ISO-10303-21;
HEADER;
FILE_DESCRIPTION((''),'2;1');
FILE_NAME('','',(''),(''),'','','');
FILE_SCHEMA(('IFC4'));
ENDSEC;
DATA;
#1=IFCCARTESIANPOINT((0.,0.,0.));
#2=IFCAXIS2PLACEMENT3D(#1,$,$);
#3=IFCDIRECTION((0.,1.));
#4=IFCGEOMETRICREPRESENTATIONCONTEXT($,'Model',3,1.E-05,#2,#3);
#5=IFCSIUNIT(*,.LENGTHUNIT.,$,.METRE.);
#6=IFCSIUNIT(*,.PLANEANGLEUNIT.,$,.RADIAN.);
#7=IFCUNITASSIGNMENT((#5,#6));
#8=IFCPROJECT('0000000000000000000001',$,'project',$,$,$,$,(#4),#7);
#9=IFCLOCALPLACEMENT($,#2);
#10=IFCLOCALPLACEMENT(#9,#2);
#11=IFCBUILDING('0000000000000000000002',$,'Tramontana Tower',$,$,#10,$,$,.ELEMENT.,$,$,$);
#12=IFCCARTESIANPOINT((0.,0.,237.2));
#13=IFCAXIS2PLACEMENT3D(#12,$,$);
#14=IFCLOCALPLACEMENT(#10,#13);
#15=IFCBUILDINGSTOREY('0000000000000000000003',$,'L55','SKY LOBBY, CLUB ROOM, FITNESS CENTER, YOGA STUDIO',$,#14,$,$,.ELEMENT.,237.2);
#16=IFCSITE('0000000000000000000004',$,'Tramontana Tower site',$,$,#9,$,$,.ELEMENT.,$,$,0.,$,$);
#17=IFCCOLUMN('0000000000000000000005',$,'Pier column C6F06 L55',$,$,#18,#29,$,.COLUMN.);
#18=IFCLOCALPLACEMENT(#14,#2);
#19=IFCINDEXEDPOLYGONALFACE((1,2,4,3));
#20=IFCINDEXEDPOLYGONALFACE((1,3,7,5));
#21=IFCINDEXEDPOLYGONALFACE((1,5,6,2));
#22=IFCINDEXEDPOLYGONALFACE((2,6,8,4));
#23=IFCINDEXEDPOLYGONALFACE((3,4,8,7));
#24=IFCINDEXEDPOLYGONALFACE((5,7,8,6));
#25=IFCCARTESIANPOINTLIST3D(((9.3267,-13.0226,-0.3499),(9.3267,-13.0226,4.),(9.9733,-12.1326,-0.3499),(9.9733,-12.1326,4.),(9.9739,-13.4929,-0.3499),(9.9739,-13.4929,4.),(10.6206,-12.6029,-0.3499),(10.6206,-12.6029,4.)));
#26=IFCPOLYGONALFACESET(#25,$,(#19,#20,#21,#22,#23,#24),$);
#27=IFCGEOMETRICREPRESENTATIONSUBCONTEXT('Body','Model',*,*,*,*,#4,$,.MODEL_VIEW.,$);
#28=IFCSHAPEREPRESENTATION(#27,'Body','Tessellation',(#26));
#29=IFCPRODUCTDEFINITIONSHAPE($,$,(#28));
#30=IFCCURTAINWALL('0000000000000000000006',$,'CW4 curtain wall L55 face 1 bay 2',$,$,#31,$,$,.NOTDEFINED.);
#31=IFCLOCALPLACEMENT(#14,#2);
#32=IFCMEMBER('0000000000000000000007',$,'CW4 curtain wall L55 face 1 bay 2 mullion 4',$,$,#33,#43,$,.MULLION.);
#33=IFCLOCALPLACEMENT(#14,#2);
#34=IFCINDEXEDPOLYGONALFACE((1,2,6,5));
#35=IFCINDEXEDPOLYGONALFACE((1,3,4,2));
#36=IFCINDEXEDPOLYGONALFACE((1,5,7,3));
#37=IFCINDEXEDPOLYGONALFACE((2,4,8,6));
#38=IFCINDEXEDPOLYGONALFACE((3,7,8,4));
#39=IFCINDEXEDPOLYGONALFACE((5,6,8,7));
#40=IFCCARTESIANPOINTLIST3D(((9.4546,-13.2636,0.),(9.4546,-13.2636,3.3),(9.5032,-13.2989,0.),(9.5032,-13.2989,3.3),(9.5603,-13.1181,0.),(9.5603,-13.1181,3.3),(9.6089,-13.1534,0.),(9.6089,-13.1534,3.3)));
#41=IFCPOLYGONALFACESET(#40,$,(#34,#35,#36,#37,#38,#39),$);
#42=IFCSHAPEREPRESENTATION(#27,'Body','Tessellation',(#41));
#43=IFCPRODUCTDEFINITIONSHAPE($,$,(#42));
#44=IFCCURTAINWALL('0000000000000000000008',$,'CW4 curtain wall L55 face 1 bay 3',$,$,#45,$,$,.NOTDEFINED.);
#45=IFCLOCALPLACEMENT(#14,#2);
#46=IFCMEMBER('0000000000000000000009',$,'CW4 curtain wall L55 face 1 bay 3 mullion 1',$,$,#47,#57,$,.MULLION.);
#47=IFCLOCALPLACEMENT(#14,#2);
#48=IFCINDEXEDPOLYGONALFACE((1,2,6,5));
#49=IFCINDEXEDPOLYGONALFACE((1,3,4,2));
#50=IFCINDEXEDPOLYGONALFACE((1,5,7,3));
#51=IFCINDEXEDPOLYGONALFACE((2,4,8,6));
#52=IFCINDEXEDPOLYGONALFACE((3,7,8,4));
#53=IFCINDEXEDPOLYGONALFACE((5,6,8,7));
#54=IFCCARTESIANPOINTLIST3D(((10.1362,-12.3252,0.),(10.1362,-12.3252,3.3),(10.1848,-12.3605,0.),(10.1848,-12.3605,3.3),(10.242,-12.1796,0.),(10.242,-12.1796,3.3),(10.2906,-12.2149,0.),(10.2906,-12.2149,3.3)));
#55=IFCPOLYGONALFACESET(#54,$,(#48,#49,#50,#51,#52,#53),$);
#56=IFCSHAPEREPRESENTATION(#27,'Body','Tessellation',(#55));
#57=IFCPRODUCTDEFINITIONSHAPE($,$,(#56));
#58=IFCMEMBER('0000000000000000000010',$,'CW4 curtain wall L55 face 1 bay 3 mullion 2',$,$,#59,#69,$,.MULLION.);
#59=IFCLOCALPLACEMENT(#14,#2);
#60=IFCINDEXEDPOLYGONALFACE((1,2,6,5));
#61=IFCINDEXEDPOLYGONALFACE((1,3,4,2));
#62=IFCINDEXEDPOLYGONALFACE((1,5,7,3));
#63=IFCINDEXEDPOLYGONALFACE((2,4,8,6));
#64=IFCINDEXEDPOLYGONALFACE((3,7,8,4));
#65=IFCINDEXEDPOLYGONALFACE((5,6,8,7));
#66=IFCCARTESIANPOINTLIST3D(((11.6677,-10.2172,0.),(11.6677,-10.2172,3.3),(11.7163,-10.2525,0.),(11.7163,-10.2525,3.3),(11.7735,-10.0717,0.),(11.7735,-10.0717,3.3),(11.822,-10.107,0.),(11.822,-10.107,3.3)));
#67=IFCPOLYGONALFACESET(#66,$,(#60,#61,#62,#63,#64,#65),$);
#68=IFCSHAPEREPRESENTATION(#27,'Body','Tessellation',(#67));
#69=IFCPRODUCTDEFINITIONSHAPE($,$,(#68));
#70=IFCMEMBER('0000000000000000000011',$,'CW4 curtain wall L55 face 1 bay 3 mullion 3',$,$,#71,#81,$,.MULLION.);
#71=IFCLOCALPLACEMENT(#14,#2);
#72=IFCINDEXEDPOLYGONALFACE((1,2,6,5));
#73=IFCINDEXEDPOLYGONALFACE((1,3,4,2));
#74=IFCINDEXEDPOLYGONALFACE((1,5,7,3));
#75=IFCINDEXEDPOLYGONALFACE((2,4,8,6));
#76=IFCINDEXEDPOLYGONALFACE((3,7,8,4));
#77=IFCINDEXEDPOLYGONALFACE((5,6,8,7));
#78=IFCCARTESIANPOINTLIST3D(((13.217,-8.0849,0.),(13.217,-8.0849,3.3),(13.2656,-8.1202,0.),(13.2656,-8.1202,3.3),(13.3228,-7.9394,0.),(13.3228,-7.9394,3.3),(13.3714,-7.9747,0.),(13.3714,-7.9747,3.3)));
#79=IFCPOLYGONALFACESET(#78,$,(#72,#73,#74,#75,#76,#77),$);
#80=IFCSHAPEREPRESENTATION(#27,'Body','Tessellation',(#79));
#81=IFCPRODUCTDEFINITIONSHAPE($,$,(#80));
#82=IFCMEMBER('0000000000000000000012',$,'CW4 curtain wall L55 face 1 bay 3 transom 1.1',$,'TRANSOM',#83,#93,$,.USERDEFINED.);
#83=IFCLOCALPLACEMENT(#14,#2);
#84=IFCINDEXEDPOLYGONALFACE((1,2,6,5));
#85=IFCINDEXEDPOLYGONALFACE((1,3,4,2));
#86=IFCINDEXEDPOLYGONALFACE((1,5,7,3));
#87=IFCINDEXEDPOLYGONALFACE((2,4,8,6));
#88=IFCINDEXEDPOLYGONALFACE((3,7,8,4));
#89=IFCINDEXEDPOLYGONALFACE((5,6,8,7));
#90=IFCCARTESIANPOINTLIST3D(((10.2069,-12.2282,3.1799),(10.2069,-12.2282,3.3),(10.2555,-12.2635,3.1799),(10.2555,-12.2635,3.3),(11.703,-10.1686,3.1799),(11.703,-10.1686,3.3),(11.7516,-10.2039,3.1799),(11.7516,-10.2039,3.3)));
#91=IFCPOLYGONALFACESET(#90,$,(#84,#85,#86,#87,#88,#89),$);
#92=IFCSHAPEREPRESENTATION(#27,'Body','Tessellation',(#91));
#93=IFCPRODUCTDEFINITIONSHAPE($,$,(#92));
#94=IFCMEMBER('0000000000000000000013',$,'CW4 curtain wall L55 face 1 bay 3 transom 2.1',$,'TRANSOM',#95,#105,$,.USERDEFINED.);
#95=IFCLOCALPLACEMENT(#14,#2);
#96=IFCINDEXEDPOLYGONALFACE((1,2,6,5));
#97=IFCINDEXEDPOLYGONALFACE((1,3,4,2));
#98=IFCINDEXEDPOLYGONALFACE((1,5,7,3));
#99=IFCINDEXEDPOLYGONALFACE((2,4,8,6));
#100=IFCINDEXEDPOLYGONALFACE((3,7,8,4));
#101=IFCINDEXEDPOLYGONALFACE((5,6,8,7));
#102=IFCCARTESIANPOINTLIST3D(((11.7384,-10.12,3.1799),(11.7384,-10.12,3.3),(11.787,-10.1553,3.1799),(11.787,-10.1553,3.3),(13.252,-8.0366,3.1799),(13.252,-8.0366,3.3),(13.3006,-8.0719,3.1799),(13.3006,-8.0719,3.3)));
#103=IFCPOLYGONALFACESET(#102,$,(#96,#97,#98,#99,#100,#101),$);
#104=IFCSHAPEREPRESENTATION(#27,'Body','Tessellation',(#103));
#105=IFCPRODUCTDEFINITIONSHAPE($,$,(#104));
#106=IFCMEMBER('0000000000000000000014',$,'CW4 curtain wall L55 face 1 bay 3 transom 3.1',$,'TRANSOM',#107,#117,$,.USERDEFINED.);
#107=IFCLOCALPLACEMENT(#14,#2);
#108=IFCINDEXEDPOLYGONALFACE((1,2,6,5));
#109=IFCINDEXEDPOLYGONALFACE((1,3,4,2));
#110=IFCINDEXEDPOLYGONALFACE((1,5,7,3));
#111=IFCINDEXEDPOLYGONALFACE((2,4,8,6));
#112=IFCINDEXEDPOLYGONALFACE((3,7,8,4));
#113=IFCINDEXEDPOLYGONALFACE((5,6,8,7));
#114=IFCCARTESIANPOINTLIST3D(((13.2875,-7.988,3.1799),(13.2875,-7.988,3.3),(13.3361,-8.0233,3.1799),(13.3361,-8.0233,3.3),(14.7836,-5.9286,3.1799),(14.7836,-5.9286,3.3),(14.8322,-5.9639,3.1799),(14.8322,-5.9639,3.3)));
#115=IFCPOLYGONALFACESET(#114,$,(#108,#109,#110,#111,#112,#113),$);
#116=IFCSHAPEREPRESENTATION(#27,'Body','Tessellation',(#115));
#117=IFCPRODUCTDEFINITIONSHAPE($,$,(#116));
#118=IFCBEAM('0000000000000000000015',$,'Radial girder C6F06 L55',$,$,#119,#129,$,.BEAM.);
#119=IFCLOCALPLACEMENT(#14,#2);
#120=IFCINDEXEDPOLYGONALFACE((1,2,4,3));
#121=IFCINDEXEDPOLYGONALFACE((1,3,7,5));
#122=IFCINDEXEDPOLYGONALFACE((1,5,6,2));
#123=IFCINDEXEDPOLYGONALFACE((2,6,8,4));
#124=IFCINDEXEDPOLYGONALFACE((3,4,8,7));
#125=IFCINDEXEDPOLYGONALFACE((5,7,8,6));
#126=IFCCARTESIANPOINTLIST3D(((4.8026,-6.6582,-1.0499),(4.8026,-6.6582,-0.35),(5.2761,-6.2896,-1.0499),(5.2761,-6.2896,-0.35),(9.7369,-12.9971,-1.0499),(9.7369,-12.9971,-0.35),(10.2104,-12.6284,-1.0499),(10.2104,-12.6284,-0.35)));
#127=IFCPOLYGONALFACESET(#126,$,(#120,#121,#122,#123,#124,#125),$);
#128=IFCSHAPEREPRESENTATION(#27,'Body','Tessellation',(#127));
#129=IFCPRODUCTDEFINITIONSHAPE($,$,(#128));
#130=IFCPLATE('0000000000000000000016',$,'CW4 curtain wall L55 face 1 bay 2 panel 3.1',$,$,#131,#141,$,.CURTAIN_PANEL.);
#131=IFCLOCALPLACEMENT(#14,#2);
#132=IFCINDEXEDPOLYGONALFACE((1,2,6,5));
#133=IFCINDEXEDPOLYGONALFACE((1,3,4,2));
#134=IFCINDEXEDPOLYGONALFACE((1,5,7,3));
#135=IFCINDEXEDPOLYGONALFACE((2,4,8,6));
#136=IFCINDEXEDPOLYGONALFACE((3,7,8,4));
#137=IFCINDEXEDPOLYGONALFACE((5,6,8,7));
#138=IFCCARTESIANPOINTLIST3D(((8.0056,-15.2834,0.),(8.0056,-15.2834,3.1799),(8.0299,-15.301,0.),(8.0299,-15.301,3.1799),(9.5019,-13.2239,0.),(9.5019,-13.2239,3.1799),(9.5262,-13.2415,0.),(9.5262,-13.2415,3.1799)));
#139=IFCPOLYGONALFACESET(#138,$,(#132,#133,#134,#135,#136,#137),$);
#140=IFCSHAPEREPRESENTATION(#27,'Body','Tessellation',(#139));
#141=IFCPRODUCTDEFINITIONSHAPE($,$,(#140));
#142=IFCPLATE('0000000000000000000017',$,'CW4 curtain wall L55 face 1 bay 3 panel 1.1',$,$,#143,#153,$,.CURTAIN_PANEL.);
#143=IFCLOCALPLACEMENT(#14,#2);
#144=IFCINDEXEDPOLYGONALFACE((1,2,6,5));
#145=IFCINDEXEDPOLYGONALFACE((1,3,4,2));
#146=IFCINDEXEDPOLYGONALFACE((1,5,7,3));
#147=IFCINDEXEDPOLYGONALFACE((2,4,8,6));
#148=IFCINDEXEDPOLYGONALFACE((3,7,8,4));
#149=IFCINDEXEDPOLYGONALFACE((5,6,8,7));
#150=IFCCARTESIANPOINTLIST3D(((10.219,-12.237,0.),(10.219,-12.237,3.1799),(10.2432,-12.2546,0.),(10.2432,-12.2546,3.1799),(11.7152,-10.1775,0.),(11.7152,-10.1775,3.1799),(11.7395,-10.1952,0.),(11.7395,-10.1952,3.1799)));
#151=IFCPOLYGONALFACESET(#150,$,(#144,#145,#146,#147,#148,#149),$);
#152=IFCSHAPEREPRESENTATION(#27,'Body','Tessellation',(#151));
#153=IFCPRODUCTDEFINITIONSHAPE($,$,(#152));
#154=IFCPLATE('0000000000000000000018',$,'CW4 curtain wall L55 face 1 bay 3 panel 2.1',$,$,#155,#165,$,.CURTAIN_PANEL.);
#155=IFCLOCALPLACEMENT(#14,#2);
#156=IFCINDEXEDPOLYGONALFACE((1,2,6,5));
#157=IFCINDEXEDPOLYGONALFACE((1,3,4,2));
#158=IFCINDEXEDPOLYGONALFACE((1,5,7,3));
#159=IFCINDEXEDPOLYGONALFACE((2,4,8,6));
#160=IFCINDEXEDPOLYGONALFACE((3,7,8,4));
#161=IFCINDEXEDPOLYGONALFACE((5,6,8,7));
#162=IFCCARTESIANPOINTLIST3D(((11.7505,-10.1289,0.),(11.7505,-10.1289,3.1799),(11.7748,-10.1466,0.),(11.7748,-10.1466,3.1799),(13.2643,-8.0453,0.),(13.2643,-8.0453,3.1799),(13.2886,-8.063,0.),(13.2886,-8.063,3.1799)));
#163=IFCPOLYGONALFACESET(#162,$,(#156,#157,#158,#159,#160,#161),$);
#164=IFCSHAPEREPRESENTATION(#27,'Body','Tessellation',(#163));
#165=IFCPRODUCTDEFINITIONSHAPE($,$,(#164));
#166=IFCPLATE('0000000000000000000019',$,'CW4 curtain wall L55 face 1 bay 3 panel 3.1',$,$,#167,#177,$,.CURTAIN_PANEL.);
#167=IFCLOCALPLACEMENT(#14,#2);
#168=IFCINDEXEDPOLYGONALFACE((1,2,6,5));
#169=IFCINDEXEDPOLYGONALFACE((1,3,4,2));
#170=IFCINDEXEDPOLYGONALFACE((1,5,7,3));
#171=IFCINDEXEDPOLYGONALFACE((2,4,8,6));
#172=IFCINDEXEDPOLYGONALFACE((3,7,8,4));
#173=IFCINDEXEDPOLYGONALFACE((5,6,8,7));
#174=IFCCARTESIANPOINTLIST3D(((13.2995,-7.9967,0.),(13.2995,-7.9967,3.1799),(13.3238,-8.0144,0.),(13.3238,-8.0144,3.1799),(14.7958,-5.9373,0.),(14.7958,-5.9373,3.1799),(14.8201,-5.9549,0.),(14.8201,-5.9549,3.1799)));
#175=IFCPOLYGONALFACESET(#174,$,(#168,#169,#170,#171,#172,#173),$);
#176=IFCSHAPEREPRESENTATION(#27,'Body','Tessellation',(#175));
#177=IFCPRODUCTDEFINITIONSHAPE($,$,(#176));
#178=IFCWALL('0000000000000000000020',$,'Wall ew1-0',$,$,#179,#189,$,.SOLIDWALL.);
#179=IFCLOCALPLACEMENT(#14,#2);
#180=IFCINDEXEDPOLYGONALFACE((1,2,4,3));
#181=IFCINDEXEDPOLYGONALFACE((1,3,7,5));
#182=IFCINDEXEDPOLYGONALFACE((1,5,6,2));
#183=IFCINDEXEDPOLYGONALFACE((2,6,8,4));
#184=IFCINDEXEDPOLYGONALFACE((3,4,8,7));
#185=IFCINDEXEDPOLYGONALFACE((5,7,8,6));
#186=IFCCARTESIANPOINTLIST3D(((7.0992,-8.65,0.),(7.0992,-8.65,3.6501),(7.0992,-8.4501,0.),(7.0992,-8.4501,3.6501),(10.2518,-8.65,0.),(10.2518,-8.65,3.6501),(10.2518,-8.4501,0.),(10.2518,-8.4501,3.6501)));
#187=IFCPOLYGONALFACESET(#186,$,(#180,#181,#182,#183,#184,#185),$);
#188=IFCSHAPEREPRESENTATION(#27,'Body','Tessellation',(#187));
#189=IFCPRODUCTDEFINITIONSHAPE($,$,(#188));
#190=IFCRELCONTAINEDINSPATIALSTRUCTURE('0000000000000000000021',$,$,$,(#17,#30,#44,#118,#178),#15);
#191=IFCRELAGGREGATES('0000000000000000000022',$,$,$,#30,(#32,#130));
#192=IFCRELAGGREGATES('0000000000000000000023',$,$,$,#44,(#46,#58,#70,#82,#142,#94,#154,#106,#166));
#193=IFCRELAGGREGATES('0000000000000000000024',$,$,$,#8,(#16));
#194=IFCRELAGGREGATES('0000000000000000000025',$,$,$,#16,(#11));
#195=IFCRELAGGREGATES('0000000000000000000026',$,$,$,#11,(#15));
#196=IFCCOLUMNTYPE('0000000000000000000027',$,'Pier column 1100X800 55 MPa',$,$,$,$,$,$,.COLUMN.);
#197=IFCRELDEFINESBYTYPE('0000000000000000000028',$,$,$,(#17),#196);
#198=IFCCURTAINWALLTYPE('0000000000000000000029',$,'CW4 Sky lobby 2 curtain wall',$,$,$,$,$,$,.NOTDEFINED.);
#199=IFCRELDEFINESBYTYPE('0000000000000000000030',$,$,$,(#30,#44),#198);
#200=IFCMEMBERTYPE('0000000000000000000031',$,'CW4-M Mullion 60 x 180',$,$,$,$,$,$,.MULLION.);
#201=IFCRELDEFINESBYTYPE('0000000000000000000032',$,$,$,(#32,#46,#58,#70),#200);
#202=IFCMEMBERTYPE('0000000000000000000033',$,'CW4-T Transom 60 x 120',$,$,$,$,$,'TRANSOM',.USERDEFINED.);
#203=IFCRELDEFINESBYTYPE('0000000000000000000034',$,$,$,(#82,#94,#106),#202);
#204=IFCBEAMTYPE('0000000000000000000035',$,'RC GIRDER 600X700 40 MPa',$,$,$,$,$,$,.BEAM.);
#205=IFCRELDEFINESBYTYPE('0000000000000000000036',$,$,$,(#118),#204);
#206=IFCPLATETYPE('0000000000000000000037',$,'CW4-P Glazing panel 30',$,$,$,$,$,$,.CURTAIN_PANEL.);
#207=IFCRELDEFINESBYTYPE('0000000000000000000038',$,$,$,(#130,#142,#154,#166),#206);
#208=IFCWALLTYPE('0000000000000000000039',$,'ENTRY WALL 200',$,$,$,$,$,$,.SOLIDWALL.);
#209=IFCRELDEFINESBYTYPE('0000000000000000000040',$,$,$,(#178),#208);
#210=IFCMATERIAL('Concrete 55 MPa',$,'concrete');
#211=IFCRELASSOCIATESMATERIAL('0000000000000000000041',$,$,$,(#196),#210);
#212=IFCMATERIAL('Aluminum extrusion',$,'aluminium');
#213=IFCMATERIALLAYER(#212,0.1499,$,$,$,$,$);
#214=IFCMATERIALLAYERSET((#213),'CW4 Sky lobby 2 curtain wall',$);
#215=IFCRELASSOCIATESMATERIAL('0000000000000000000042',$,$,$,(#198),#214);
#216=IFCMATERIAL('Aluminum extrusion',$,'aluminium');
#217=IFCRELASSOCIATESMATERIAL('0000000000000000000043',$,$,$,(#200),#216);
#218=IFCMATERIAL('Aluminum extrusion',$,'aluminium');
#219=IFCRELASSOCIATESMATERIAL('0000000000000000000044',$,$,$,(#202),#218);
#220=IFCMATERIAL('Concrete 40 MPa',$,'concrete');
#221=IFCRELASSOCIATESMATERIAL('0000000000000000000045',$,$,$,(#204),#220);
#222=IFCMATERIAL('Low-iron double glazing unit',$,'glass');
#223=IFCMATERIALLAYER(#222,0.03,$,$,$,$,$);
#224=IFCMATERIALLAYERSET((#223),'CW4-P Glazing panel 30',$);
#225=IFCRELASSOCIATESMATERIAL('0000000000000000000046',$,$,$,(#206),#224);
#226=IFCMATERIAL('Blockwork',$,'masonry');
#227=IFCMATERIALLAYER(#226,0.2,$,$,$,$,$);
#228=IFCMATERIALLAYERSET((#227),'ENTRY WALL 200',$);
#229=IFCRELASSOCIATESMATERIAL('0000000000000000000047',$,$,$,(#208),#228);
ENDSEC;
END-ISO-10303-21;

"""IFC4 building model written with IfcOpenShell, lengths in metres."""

from ifc_helpers import new_model, si_unit, direction, frame, frame_2d, origin, origin_2d, place, context, subcontext, project, spatial, rectangle, extrude, material, layer, layer_set, material_profile, profile_set, type_object, element, aggregate, save


model = new_model("IFC4")

# Units and contexts
model_context = context("Model", 3, precision=1e-05, world=origin(), true_north=direction((0.0, 1.0)))
body_context = subcontext(model_context, "Body", "Model", "MODEL_VIEW")
ifc_project = project(units=[si_unit("LENGTHUNIT", "METRE"), si_unit("PLANEANGLEUNIT", "RADIAN")], contexts=[model_context])

# Site, building, storey
site_placement = place(None, origin())
site = spatial("IfcSite", under=ifc_project, at=site_placement, Name="Tramontana Tower site", CompositionType="ELEMENT", RefElevation=0.0)
building_placement = place(site_placement, origin())
building = spatial("IfcBuilding", under=site, at=building_placement, Name="Tramontana Tower", CompositionType="ELEMENT")
storey_placement = place(building_placement, frame((0.0, 0.0, 237.2)))
storey = spatial("IfcBuildingStorey", under=building, at=storey_placement, Name="L55", Description="SKY LOBBY, CLUB ROOM, FITNESS CENTER, YOGA STUDIO", CompositionType="ELEMENT", Elevation=237.2)

# Column
ifc_material_1 = material(Name="Concrete 55 MPa", Category="concrete")
ifc_material_profile_1 = material_profile(ifc_material_1, rectangle(XDim=1.1001, YDim=0.8, at=origin_2d()), Name="Pier column 1100X800 55 MPa")
ifc_profile_set_1 = profile_set([ifc_material_profile_1], Name="Concrete 55 MPa")
column_type = type_object("IfcColumnType", Name="Pier column 1100X800 55 MPa", PredefinedType="COLUMN", material=ifc_profile_set_1)
column_placement = place(storey_placement, frame((9.9736, -12.8127, -0.3499), z_axis=(0.0, 0.0, 1.0), x_axis=(0.587785, 0.809017, 0.0)))
element("IfcColumn", 1, at=column_placement, inside=storey, type_object=column_type, Name="Pier column C6F06 L55", PredefinedType="COLUMN", context=body_context, shape_type="SweptSolid", body=[
    extrude(rectangle(XDim=1.1001, YDim=0.8, at=origin_2d()), origin(), (0.0, 0.0, 1.0), 4.3499),
])

# Curtain wall, member
ifc_material_2 = material(Name="Aluminum extrusion", Category="aluminium")
ifc_layer_1 = layer(ifc_material_2, 0.1499)
ifc_layer_set_1 = layer_set([ifc_layer_1], Name="CW4 Sky lobby 2 curtain wall")
curtain_wall_type = type_object("IfcCurtainWallType", Name="CW4 Sky lobby 2 curtain wall", PredefinedType="NOTDEFINED", material=ifc_layer_set_1)
curtain_wall_1_placement = place(storey_placement, origin())
curtain_wall_1 = element("IfcCurtainWall", 2, at=curtain_wall_1_placement, inside=storey, type_object=curtain_wall_type, Name="CW4 curtain wall L55 face 1 bay 2", PredefinedType="NOTDEFINED")
ifc_material_3 = material(Name="Aluminum extrusion", Category="aluminium")
ifc_material_profile_2 = material_profile(ifc_material_3, rectangle(XDim=0.0601, YDim=0.1799, at=origin_2d()), Name="CW4-M Mullion 60 x 180")
ifc_profile_set_2 = profile_set([ifc_material_profile_2], Name="Aluminum extrusion")
member_type_1 = type_object("IfcMemberType", Name="CW4-M Mullion 60 x 180", PredefinedType="MULLION", material=ifc_profile_set_2)
member_1_placement = place(storey_placement, frame((9.5317, -13.2085, 0.0), z_axis=(0.0, 0.0, 1.0), x_axis=(-0.809017, 0.587785, 0.0)))
member_1 = element("IfcMember", 3, at=member_1_placement, type_object=member_type_1, Name="CW4 curtain wall L55 face 1 bay 2 mullion 4", PredefinedType="MULLION", context=body_context, shape_type="SweptSolid", body=[
    extrude(rectangle(XDim=0.0601, YDim=0.1799, at=origin_2d()), origin(), (0.0, 0.0, 1.0), 3.3),
])

# Curtain wall, members
curtain_wall_2_placement = place(storey_placement, origin())
curtain_wall_2 = element("IfcCurtainWall", 4, at=curtain_wall_2_placement, inside=storey, type_object=curtain_wall_type, Name="CW4 curtain wall L55 face 1 bay 3", PredefinedType="NOTDEFINED")
member_2_placement = place(storey_placement, frame((10.2134, -12.27, 0.0), z_axis=(0.0, 0.0, 1.0), x_axis=(-0.809017, 0.587785, 0.0)))
member_2 = element("IfcMember", 5, at=member_2_placement, type_object=member_type_1, Name="CW4 curtain wall L55 face 1 bay 3 mullion 1", PredefinedType="MULLION", context=body_context, shape_type="SweptSolid", body=[
    extrude(rectangle(XDim=0.0601, YDim=0.1799, at=origin_2d()), origin(), (0.0, 0.0, 1.0), 3.3),
])
member_3_placement = place(storey_placement, frame((11.7449, -10.1621, 0.0), z_axis=(0.0, 0.0, 1.0), x_axis=(-0.809017, 0.587785, 0.0)))
member_3 = element("IfcMember", 6, at=member_3_placement, type_object=member_type_1, Name="CW4 curtain wall L55 face 1 bay 3 mullion 2", PredefinedType="MULLION", context=body_context, shape_type="SweptSolid", body=[
    extrude(rectangle(XDim=0.0601, YDim=0.1799, at=origin_2d()), origin(), (0.0, 0.0, 1.0), 3.3),
])
member_4_placement = place(storey_placement, frame((13.2942, -8.0298, 0.0), z_axis=(0.0, 0.0, 1.0), x_axis=(-0.809017, 0.587785, 0.0)))
member_4 = element("IfcMember", 7, at=member_4_placement, type_object=member_type_1, Name="CW4 curtain wall L55 face 1 bay 3 mullion 3", PredefinedType="MULLION", context=body_context, shape_type="SweptSolid", body=[
    extrude(rectangle(XDim=0.0601, YDim=0.1799, at=origin_2d()), origin(), (0.0, 0.0, 1.0), 3.3),
])
ifc_material_4 = material(Name="Aluminum extrusion", Category="aluminium")
ifc_material_profile_3 = material_profile(ifc_material_4, rectangle(XDim=0.0601, YDim=0.1201, at=origin_2d()), Name="CW4-T Transom 60 x 120")
ifc_profile_set_3 = profile_set([ifc_material_profile_3], Name="Aluminum extrusion")
member_type_2 = type_object("IfcMemberType", Name="CW4-T Transom 60 x 120", ElementType="TRANSOM", PredefinedType="USERDEFINED", material=ifc_profile_set_3)
member_5_placement = place(storey_placement, frame((10.2312, -12.2458, 3.24), z_axis=(0.587715, 0.809068, 0.0), x_axis=(-0.809068, 0.587715, 0.0)))
member_5 = element("IfcMember", 8, at=member_5_placement, type_object=member_type_2, Name="CW4 curtain wall L55 face 1 bay 3 transom 1.1", ObjectType="TRANSOM", PredefinedType="USERDEFINED", context=body_context, shape_type="SweptSolid", body=[
    extrude(rectangle(XDim=0.0601, YDim=0.1201, at=origin_2d()), origin(), (0.0, 0.0, 1.0), 2.5457),
])
member_6_placement = place(storey_placement, frame((11.7627, -10.1377, 3.24), z_axis=(0.587766, 0.809031, 0.0), x_axis=(-0.809031, 0.587766, 0.0)))
member_6 = element("IfcMember", 9, at=member_6_placement, type_object=member_type_2, Name="CW4 curtain wall L55 face 1 bay 3 transom 2.1", ObjectType="TRANSOM", PredefinedType="USERDEFINED", context=body_context, shape_type="SweptSolid", body=[
    extrude(rectangle(XDim=0.0601, YDim=0.1201, at=origin_2d()), origin(), (0.0, 0.0, 1.0), 2.5752),
])
member_7_placement = place(storey_placement, frame((13.3118, -8.0056, 3.24), z_axis=(0.587761, 0.809035, 0.0), x_axis=(-0.809035, 0.587761, 0.0)))
member_7 = element("IfcMember", 10, at=member_7_placement, type_object=member_type_2, Name="CW4 curtain wall L55 face 1 bay 3 transom 3.1", ObjectType="TRANSOM", PredefinedType="USERDEFINED", context=body_context, shape_type="SweptSolid", body=[
    extrude(rectangle(XDim=0.0601, YDim=0.1201, at=origin_2d()), origin(), (0.0, 0.0, 1.0), 2.5454),
])

# Beam
ifc_material_5 = material(Name="Concrete 40 MPa", Category="concrete")
ifc_material_profile_4 = material_profile(ifc_material_5, rectangle(XDim=0.6001, YDim=0.7, at=origin_2d()), Name="RC GIRDER 600X700 40 MPa")
ifc_profile_set_4 = profile_set([ifc_material_profile_4], Name="Concrete 40 MPa")
beam_type = type_object("IfcBeamType", Name="RC GIRDER 600X700 40 MPa", PredefinedType="BEAM", material=ifc_profile_set_4)
beam_placement = place(storey_placement, frame((9.9736, -12.8127, -0.7), z_axis=(-0.614258, 0.789105, 0.0), x_axis=(-0.789105, -0.614258, 0.0)))
element("IfcBeam", 11, at=beam_placement, inside=storey, type_object=beam_type, Name="Radial girder C6F06 L55", PredefinedType="BEAM", context=body_context, shape_type="SweptSolid", body=[
    extrude(rectangle(XDim=0.6001, YDim=0.7, at=origin_2d()), origin(), (0.0, 0.0, 1.0), 8.033),
])

# Plates
ifc_material_6 = material(Name="Low-iron double glazing unit", Category="glass")
ifc_layer_2 = layer(ifc_material_6, 0.03)
ifc_layer_set_2 = layer_set([ifc_layer_2], Name="CW4-P Glazing panel 30")
plate_type = type_object("IfcPlateType", Name="CW4-P Glazing panel 30", PredefinedType="CURTAIN_PANEL", material=ifc_layer_set_2)
plate_1_placement = place(storey_placement, frame((8.7659, -14.2625, 0.0), z_axis=(0.0, 0.0, 1.0), x_axis=(0.587785, 0.809017, 0.0)))
plate_1 = element("IfcPlate", 12, at=plate_1_placement, type_object=plate_type, Name="CW4 curtain wall L55 face 1 bay 2 panel 3.1", PredefinedType="CURTAIN_PANEL", context=body_context, shape_type="SweptSolid", body=[
    extrude(rectangle(XDim=2.5457, YDim=0.03, at=origin_2d()), origin(), (0.0, 0.0, 1.0), 3.1799),
])
aggregate(curtain_wall_1, [member_1, plate_1])
plate_2_placement = place(storey_placement, frame((10.9792, -11.2161, 0.0), z_axis=(0.0, 0.0, 1.0), x_axis=(0.587785, 0.809017, 0.0)))
plate_2 = element("IfcPlate", 13, at=plate_2_placement, type_object=plate_type, Name="CW4 curtain wall L55 face 1 bay 3 panel 1.1", PredefinedType="CURTAIN_PANEL", context=body_context, shape_type="SweptSolid", body=[
    extrude(rectangle(XDim=2.5457, YDim=0.03, at=origin_2d()), origin(), (0.0, 0.0, 1.0), 3.1799),
])
plate_3_placement = place(storey_placement, frame((12.5195, -9.0959, 0.0), z_axis=(0.0, 0.0, 1.0), x_axis=(0.587785, 0.809017, 0.0)))
plate_3 = element("IfcPlate", 14, at=plate_3_placement, type_object=plate_type, Name="CW4 curtain wall L55 face 1 bay 3 panel 2.1", PredefinedType="CURTAIN_PANEL", context=body_context, shape_type="SweptSolid", body=[
    extrude(rectangle(XDim=2.5754, YDim=0.03, at=origin_2d()), origin(), (0.0, 0.0, 1.0), 3.1799),
])
plate_4_placement = place(storey_placement, frame((14.0598, -6.9758, 0.0), z_axis=(0.0, 0.0, 1.0), x_axis=(0.587785, 0.809017, 0.0)))
plate_4 = element("IfcPlate", 15, at=plate_4_placement, type_object=plate_type, Name="CW4 curtain wall L55 face 1 bay 3 panel 3.1", PredefinedType="CURTAIN_PANEL", context=body_context, shape_type="SweptSolid", body=[
    extrude(rectangle(XDim=2.5457, YDim=0.03, at=origin_2d()), origin(), (0.0, 0.0, 1.0), 3.1799),
])
aggregate(curtain_wall_2, [member_2, member_3, member_4, member_5, plate_2, member_6, plate_3, member_7, plate_4])

# Wall
ifc_material_7 = material(Name="Blockwork", Category="masonry")
ifc_layer_3 = layer(ifc_material_7, 0.2)
ifc_layer_set_3 = layer_set([ifc_layer_3], Name="ENTRY WALL 200")
wall_type_1 = type_object("IfcWallType", Name="ENTRY WALL 200", PredefinedType="SOLIDWALL", material=ifc_layer_set_3)
wall_1_placement = place(storey_placement, frame((10.2517, -8.55, 0.0), z_axis=(0.0, 0.0, 1.0), x_axis=(-1.0, 0.0, 0.0)))
element("IfcWall", 16, at=wall_1_placement, inside=storey, type_object=wall_type_1, Name="Wall ew1-0", PredefinedType="SOLIDWALL", context=body_context, shape_type="SweptSolid", body=[
    extrude(rectangle(XDim=3.1526, YDim=0.2, at=frame_2d((1.5762, 0.0))), origin(), (0.0, 0.0, 1.0), 3.6501),
])

save(model, "model.ifc")
